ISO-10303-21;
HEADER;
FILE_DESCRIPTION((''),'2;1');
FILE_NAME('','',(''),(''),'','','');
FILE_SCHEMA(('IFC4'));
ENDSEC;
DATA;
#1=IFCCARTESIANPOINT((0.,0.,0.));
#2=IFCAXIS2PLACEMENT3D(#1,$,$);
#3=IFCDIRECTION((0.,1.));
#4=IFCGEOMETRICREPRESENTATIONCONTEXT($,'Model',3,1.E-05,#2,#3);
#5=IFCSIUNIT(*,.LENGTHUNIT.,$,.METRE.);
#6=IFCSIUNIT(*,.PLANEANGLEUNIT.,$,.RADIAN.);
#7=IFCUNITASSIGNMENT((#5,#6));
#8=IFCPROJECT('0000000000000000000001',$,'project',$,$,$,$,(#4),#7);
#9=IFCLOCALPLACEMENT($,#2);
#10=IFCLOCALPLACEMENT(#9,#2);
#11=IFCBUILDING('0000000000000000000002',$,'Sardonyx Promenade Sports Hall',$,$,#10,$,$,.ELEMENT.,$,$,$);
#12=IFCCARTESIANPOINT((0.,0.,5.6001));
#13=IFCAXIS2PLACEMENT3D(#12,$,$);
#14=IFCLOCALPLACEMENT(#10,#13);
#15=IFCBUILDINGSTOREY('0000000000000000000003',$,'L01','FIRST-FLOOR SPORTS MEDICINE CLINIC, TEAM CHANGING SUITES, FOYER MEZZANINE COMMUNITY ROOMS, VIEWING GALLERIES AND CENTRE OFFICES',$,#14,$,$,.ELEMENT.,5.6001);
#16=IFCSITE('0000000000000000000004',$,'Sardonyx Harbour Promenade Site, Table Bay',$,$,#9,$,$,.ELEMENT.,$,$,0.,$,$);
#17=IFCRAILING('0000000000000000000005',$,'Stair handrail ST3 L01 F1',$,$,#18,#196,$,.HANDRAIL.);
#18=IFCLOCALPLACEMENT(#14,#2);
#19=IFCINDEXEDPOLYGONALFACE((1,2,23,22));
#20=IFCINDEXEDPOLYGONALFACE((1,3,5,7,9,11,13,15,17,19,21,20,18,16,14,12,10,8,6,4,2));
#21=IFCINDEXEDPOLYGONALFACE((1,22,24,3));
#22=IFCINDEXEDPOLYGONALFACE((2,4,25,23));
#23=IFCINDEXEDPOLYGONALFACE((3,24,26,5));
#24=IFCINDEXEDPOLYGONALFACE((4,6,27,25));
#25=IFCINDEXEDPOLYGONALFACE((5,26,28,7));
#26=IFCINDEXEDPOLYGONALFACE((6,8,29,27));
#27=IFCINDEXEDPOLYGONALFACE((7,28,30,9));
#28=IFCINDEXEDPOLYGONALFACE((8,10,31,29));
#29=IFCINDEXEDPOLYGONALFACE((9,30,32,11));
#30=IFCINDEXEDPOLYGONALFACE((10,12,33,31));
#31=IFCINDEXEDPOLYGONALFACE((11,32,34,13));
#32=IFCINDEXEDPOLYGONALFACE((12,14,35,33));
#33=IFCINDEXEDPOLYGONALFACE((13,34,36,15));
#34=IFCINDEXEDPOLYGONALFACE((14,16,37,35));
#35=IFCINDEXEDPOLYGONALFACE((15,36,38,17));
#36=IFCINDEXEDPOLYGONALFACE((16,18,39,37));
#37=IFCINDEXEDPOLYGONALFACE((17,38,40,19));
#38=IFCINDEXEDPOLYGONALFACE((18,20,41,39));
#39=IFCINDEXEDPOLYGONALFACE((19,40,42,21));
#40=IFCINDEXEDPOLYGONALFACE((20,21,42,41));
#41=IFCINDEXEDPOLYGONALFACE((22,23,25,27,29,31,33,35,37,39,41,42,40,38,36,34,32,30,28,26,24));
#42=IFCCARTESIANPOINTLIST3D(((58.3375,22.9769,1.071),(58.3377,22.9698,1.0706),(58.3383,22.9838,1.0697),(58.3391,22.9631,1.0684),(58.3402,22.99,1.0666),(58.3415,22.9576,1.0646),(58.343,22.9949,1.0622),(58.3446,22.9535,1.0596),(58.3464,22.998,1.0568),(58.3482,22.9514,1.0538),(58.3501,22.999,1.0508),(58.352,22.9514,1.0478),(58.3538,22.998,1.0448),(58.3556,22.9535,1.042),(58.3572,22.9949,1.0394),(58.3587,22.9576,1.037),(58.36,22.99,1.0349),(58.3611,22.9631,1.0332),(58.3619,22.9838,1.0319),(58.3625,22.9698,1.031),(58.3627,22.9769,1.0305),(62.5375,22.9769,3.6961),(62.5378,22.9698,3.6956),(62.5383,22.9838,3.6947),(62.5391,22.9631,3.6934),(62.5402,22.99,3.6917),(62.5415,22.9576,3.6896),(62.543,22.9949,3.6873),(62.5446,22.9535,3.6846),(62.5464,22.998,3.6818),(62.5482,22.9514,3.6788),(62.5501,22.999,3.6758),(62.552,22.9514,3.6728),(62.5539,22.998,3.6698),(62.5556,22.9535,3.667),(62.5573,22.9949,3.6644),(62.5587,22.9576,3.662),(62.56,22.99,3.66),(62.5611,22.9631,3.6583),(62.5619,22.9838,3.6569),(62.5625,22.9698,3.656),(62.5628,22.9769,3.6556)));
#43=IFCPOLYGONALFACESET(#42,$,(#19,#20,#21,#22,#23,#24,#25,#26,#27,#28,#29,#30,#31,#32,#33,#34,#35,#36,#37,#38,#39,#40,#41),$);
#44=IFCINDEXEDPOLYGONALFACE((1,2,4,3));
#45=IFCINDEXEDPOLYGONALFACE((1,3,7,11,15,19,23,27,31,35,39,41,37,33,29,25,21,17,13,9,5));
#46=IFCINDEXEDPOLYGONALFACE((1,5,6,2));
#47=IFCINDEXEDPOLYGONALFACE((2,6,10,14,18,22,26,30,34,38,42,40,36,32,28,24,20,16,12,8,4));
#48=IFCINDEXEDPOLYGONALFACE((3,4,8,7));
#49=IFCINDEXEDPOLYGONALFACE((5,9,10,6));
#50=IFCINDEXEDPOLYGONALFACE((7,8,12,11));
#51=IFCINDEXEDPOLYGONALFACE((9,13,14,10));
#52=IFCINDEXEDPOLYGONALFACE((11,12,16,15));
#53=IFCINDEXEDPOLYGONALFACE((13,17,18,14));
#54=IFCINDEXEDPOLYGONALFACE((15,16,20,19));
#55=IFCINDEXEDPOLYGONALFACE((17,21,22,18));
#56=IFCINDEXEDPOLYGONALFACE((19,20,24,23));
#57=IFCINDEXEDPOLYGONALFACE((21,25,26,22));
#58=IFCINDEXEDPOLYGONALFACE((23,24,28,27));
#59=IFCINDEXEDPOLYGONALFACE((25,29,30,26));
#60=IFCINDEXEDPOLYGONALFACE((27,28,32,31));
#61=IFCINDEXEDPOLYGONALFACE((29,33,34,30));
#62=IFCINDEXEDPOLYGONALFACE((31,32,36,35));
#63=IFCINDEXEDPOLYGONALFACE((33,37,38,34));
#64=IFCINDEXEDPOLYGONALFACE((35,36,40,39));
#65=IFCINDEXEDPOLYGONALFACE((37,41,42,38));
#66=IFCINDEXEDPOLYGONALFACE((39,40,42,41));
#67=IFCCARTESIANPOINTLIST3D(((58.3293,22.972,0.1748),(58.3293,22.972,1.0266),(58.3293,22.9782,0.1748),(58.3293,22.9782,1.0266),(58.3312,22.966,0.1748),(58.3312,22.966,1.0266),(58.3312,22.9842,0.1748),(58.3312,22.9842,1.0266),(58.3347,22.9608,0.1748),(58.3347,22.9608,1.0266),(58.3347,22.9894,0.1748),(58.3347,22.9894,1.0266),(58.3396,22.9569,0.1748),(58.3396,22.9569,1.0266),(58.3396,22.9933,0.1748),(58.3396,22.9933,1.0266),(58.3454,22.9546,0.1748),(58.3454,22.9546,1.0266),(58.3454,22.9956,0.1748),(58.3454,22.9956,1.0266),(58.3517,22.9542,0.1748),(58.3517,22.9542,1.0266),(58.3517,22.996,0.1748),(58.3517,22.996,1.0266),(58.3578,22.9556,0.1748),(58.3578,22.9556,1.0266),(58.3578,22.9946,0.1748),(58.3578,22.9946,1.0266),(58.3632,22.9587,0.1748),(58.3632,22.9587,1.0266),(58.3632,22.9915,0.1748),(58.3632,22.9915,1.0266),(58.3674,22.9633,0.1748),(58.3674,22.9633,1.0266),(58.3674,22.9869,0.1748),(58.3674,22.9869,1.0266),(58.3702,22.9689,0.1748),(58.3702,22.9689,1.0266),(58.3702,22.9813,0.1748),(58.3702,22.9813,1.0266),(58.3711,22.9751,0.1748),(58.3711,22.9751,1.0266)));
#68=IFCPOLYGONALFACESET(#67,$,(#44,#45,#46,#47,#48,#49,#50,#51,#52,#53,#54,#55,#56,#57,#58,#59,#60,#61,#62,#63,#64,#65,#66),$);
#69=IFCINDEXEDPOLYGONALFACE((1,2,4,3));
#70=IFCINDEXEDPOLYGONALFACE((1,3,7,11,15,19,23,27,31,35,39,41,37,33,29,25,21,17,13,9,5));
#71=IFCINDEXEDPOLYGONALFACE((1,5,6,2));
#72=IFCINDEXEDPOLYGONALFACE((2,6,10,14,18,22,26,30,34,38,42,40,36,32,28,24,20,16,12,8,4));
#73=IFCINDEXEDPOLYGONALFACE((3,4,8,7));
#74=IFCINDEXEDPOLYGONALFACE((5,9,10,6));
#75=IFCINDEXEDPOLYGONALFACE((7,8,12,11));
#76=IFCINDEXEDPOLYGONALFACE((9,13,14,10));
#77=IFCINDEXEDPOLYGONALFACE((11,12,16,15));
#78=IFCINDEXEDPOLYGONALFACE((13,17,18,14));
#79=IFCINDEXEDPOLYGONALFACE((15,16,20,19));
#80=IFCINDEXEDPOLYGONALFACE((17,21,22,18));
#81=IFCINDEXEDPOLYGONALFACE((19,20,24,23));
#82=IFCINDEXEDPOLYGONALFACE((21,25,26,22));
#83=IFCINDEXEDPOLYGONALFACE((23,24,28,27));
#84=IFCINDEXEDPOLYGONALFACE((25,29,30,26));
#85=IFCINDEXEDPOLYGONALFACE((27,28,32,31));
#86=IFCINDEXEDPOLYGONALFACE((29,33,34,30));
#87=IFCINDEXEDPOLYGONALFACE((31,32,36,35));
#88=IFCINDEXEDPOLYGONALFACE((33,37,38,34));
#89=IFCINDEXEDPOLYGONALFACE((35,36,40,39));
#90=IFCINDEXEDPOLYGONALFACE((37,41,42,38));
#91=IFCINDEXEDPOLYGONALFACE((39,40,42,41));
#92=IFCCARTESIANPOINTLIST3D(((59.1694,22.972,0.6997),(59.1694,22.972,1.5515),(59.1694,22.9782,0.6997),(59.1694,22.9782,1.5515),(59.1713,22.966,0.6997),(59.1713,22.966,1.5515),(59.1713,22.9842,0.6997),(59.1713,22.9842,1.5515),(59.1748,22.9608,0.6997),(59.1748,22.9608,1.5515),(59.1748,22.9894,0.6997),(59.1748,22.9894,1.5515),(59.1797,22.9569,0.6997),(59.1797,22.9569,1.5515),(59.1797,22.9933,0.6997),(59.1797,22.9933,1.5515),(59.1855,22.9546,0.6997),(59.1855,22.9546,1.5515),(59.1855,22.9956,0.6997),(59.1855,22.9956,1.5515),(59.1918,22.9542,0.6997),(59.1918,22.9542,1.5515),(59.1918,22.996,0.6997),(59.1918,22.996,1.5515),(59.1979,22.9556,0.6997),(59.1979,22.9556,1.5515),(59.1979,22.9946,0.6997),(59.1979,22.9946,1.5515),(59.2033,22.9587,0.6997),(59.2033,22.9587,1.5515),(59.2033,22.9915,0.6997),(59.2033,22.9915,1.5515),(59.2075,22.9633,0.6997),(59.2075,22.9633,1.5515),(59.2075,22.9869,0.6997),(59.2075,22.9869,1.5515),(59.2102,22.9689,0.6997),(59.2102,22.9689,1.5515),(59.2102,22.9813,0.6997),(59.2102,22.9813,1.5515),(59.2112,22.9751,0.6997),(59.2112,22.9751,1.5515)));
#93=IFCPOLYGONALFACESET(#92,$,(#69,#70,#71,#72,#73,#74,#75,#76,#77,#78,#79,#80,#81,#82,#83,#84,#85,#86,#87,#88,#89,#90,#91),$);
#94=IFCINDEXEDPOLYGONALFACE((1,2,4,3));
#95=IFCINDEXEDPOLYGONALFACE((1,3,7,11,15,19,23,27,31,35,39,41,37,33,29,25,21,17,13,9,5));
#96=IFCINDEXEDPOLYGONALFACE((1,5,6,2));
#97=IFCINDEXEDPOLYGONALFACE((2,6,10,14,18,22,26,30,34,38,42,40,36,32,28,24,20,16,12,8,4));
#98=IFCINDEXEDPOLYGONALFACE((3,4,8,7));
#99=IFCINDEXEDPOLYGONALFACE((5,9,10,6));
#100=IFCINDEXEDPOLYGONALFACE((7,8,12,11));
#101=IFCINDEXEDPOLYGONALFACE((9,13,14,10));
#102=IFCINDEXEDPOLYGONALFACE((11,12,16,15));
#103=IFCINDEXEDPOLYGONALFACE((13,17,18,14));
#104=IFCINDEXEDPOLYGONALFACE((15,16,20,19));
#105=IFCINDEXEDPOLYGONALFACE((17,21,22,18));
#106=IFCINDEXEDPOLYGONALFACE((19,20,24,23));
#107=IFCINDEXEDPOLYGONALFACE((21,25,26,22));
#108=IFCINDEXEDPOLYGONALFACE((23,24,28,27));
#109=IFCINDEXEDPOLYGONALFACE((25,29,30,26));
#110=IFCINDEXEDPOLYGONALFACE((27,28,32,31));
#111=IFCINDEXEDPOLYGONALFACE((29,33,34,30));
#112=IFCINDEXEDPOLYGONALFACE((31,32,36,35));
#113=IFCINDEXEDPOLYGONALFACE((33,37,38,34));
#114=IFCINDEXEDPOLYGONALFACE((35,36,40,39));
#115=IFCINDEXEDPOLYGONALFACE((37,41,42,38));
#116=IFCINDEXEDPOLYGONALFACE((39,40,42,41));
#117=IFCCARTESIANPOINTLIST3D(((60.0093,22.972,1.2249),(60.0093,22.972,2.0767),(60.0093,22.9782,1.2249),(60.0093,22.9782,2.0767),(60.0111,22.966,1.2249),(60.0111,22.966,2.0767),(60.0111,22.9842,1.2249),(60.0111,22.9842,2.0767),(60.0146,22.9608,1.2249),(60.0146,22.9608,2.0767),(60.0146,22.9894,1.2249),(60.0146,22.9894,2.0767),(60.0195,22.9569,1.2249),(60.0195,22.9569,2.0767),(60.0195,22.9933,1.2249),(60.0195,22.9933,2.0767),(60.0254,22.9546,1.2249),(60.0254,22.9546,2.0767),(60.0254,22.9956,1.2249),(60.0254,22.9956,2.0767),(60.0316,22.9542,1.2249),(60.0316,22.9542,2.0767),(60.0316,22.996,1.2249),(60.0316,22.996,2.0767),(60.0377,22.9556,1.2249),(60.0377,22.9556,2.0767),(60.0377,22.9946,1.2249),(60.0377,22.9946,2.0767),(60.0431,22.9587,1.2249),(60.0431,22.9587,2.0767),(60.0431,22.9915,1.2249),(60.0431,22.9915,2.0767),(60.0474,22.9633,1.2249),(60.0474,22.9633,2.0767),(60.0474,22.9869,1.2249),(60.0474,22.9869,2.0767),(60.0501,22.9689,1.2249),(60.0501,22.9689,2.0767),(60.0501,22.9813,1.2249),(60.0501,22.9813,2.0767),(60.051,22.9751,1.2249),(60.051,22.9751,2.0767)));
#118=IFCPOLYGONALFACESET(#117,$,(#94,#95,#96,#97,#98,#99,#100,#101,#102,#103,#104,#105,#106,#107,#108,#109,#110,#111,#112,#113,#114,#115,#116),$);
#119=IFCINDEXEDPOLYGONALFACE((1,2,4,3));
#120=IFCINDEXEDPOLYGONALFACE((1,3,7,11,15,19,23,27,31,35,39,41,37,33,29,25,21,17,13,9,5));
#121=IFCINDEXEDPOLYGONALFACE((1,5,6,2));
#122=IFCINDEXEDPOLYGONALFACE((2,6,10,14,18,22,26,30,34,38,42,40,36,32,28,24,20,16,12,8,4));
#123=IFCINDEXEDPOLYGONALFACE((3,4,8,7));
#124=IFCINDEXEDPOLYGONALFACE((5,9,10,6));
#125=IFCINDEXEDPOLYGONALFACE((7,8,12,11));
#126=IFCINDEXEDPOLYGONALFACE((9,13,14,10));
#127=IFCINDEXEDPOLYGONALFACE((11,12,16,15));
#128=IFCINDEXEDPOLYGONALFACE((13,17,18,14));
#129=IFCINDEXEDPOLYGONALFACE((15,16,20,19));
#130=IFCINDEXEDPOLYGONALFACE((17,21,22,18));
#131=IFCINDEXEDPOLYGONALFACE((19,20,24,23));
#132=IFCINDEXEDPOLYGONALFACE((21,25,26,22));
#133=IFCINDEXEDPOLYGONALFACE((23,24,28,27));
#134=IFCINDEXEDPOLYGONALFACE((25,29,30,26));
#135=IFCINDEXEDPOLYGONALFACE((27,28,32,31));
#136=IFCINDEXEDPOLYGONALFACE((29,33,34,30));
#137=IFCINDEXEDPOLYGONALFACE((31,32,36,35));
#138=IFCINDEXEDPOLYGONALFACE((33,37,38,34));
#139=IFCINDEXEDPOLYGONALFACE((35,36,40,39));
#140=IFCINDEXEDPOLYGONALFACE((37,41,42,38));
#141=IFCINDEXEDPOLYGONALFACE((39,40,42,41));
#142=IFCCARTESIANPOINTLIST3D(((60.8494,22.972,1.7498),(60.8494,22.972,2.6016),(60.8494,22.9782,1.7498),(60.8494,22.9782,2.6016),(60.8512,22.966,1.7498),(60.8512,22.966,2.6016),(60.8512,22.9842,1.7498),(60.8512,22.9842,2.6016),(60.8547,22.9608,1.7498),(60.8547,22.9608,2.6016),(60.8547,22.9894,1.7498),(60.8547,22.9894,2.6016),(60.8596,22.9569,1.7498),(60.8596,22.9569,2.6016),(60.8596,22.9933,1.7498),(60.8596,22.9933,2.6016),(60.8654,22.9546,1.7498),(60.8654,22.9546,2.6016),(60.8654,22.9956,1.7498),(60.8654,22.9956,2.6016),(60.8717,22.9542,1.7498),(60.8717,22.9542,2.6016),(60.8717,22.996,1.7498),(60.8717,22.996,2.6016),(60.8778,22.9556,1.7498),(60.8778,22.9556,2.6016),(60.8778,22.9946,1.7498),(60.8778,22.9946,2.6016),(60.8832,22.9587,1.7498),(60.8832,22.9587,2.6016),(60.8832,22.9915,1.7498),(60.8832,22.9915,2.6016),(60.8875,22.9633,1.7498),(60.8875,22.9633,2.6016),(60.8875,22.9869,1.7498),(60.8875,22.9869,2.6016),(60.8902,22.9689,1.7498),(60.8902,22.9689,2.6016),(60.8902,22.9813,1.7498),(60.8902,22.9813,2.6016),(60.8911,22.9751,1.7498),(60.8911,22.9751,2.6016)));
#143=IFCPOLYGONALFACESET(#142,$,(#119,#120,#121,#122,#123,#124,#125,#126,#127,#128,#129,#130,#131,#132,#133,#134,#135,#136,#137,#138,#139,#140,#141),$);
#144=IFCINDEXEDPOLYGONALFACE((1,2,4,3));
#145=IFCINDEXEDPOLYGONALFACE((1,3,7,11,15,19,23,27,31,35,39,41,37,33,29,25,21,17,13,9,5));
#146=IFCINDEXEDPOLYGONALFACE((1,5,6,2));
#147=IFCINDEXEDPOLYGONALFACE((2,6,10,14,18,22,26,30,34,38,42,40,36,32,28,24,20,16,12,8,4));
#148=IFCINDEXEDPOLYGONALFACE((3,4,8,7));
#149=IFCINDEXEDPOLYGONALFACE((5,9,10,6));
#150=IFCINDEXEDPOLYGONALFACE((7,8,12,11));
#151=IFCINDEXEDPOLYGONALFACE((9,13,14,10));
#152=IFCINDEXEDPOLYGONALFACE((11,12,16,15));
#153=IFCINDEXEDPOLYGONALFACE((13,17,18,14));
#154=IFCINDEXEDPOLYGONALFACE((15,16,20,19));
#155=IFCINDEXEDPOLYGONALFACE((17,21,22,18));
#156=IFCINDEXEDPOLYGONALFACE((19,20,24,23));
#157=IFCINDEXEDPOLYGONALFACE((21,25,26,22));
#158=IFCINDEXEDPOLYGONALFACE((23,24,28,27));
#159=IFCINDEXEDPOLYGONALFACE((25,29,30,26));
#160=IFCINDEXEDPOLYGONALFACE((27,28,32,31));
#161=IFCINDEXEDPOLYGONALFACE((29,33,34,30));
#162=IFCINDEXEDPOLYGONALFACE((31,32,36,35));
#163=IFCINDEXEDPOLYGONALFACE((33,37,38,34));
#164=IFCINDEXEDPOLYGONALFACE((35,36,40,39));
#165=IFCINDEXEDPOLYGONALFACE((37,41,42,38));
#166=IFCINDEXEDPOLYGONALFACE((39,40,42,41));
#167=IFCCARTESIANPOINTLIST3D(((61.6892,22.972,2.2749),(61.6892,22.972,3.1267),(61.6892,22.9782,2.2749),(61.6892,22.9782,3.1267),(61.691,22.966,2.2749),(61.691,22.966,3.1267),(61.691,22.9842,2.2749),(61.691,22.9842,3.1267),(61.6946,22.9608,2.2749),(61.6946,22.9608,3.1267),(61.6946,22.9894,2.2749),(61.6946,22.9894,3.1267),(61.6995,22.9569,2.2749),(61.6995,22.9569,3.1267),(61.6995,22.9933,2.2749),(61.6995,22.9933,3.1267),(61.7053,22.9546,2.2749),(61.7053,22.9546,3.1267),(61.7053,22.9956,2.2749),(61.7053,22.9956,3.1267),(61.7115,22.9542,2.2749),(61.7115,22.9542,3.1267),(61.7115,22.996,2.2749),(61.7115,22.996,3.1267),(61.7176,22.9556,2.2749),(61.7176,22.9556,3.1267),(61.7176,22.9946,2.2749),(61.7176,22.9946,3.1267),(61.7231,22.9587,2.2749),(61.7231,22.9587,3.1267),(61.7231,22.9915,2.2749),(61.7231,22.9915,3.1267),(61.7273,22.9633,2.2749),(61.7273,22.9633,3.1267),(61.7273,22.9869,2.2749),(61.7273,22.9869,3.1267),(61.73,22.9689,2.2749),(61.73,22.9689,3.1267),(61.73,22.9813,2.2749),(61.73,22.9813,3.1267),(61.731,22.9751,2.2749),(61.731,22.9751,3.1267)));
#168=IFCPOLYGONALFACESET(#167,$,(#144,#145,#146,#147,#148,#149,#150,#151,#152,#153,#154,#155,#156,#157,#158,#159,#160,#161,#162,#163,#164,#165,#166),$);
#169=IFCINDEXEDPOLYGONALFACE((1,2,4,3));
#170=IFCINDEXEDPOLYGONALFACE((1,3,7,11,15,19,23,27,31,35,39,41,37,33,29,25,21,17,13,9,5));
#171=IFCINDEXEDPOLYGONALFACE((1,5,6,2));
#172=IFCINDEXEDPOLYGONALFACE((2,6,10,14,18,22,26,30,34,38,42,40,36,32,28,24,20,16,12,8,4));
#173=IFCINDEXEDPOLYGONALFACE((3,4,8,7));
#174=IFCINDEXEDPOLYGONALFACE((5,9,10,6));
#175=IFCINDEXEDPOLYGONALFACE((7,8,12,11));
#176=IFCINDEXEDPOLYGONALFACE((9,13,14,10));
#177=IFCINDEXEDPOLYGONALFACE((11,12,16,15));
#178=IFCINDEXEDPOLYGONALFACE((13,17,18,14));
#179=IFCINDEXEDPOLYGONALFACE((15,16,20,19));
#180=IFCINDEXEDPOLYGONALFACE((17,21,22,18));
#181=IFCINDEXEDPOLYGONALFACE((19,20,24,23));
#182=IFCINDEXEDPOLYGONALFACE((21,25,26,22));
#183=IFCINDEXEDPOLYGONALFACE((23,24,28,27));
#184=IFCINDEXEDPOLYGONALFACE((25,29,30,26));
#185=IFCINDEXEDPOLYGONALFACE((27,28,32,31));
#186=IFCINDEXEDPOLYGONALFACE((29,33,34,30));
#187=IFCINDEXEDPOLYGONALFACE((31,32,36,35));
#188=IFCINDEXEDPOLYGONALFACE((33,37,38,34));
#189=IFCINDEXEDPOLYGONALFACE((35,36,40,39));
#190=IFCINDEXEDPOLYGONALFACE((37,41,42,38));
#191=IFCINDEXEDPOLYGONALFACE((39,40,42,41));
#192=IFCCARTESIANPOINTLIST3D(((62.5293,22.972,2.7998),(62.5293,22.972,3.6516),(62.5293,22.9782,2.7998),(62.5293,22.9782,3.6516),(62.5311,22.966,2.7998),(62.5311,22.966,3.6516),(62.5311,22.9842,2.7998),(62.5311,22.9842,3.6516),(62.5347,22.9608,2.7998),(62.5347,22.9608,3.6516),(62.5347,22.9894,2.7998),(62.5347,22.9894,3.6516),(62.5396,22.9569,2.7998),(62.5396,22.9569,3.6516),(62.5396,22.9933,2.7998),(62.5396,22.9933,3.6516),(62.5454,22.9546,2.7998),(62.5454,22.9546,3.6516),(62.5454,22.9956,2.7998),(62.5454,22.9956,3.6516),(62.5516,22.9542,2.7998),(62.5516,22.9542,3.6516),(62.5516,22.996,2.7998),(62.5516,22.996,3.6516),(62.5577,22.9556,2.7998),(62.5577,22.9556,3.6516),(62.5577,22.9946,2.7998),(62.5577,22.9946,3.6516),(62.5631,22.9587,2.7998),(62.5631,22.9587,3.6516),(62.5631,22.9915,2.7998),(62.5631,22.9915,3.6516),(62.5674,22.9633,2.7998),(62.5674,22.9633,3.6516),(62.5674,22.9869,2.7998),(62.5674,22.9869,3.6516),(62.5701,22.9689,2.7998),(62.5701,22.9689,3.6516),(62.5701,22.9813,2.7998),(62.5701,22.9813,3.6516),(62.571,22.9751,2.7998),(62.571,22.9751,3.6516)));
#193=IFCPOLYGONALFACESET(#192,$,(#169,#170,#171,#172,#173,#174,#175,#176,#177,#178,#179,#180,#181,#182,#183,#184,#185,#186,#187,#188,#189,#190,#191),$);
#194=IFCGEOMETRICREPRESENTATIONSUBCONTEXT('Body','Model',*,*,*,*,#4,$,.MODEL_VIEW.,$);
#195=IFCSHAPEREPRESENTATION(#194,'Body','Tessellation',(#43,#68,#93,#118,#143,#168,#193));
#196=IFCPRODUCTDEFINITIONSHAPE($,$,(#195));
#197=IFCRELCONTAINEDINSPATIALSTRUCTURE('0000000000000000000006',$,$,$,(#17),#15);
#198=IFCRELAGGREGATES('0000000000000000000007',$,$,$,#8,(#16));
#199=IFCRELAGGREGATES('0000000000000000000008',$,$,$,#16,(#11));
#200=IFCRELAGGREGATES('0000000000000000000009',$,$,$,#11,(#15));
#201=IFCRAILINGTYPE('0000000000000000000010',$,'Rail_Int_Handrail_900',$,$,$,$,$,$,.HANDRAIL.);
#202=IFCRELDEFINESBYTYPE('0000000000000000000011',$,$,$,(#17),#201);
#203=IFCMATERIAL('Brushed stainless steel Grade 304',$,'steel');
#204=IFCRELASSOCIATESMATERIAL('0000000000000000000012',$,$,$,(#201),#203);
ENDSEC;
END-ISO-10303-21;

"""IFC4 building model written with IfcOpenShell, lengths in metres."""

from ifc_helpers import new_model, si_unit, direction, frame, origin, origin_2d, place, context, subcontext, project, spatial, circle, extrude, material, type_object, element, save


model = new_model("IFC4")

# Units and contexts
model_context = context("Model", 3, precision=1e-05, world=origin(), true_north=direction((0.0, 1.0)))
body_context = subcontext(model_context, "Body", "Model", "MODEL_VIEW")
ifc_project = project(units=[si_unit("LENGTHUNIT", "METRE"), si_unit("PLANEANGLEUNIT", "RADIAN")], contexts=[model_context])

# Site, building, storey
site_placement = place(None, origin())
site = spatial("IfcSite", under=ifc_project, at=site_placement, Name="Sardonyx Harbour Promenade Site, Table Bay", CompositionType="ELEMENT", RefElevation=0.0)
building_placement = place(site_placement, origin())
building = spatial("IfcBuilding", under=site, at=building_placement, Name="Sardonyx Promenade Sports Hall", CompositionType="ELEMENT")
storey_placement = place(building_placement, frame((0.0, 0.0, 5.6001)))
storey = spatial("IfcBuildingStorey", under=building, at=storey_placement, Name="L01", Description="FIRST-FLOOR SPORTS MEDICINE CLINIC, TEAM CHANGING SUITES, FOYER MEZZANINE COMMUNITY ROOMS, VIEWING GALLERIES AND CENTRE OFFICES", CompositionType="ELEMENT", Elevation=5.6001)

# Railing
ifc_material_1 = material(Name="Brushed stainless steel Grade 304", Category="steel")
railing_type_1 = type_object("IfcRailingType", Name="Rail_Int_Handrail_900", PredefinedType="HANDRAIL", material=ifc_material_1)
railing_1_placement = place(storey_placement, frame((58.3501, 22.9751, 0.1748)))
element("IfcRailing", 1, at=railing_1_placement, inside=storey, type_object=railing_type_1, Name="Stair handrail ST3 L01 F1", PredefinedType="HANDRAIL", context=body_context, shape_type="SweptSolid", body=[
    extrude(circle(Radius=0.0239, at=origin_2d()), frame((0.0, 0.0, 0.876), z_axis=(0.847996, 0.0, 0.530003), x_axis=(0.0, 1.0, 0.0)), (0.0, 0.0, 1.0), 4.9529),
    extrude(circle(Radius=0.021, at=origin_2d()), origin(), (0.0, 0.0, 1.0), 0.8518),
    extrude(circle(Radius=0.021, at=origin_2d()), frame((0.8401, 0.0, 0.5249)), (0.0, 0.0, 1.0), 0.8518),
    extrude(circle(Radius=0.021, at=origin_2d()), frame((1.6799, 0.0, 1.05)), (0.0, 0.0, 1.0), 0.8518),
    extrude(circle(Radius=0.021, at=origin_2d()), frame((2.52, 0.0, 1.575)), (0.0, 0.0, 1.0), 0.8518),
    extrude(circle(Radius=0.021, at=origin_2d()), frame((3.3599, 0.0, 2.1001)), (0.0, 0.0, 1.0), 0.8518),
    extrude(circle(Radius=0.021, at=origin_2d()), frame((4.2, 0.0, 2.625)), (0.0, 0.0, 1.0), 0.8518),
])

save(model, "model.ifc")
